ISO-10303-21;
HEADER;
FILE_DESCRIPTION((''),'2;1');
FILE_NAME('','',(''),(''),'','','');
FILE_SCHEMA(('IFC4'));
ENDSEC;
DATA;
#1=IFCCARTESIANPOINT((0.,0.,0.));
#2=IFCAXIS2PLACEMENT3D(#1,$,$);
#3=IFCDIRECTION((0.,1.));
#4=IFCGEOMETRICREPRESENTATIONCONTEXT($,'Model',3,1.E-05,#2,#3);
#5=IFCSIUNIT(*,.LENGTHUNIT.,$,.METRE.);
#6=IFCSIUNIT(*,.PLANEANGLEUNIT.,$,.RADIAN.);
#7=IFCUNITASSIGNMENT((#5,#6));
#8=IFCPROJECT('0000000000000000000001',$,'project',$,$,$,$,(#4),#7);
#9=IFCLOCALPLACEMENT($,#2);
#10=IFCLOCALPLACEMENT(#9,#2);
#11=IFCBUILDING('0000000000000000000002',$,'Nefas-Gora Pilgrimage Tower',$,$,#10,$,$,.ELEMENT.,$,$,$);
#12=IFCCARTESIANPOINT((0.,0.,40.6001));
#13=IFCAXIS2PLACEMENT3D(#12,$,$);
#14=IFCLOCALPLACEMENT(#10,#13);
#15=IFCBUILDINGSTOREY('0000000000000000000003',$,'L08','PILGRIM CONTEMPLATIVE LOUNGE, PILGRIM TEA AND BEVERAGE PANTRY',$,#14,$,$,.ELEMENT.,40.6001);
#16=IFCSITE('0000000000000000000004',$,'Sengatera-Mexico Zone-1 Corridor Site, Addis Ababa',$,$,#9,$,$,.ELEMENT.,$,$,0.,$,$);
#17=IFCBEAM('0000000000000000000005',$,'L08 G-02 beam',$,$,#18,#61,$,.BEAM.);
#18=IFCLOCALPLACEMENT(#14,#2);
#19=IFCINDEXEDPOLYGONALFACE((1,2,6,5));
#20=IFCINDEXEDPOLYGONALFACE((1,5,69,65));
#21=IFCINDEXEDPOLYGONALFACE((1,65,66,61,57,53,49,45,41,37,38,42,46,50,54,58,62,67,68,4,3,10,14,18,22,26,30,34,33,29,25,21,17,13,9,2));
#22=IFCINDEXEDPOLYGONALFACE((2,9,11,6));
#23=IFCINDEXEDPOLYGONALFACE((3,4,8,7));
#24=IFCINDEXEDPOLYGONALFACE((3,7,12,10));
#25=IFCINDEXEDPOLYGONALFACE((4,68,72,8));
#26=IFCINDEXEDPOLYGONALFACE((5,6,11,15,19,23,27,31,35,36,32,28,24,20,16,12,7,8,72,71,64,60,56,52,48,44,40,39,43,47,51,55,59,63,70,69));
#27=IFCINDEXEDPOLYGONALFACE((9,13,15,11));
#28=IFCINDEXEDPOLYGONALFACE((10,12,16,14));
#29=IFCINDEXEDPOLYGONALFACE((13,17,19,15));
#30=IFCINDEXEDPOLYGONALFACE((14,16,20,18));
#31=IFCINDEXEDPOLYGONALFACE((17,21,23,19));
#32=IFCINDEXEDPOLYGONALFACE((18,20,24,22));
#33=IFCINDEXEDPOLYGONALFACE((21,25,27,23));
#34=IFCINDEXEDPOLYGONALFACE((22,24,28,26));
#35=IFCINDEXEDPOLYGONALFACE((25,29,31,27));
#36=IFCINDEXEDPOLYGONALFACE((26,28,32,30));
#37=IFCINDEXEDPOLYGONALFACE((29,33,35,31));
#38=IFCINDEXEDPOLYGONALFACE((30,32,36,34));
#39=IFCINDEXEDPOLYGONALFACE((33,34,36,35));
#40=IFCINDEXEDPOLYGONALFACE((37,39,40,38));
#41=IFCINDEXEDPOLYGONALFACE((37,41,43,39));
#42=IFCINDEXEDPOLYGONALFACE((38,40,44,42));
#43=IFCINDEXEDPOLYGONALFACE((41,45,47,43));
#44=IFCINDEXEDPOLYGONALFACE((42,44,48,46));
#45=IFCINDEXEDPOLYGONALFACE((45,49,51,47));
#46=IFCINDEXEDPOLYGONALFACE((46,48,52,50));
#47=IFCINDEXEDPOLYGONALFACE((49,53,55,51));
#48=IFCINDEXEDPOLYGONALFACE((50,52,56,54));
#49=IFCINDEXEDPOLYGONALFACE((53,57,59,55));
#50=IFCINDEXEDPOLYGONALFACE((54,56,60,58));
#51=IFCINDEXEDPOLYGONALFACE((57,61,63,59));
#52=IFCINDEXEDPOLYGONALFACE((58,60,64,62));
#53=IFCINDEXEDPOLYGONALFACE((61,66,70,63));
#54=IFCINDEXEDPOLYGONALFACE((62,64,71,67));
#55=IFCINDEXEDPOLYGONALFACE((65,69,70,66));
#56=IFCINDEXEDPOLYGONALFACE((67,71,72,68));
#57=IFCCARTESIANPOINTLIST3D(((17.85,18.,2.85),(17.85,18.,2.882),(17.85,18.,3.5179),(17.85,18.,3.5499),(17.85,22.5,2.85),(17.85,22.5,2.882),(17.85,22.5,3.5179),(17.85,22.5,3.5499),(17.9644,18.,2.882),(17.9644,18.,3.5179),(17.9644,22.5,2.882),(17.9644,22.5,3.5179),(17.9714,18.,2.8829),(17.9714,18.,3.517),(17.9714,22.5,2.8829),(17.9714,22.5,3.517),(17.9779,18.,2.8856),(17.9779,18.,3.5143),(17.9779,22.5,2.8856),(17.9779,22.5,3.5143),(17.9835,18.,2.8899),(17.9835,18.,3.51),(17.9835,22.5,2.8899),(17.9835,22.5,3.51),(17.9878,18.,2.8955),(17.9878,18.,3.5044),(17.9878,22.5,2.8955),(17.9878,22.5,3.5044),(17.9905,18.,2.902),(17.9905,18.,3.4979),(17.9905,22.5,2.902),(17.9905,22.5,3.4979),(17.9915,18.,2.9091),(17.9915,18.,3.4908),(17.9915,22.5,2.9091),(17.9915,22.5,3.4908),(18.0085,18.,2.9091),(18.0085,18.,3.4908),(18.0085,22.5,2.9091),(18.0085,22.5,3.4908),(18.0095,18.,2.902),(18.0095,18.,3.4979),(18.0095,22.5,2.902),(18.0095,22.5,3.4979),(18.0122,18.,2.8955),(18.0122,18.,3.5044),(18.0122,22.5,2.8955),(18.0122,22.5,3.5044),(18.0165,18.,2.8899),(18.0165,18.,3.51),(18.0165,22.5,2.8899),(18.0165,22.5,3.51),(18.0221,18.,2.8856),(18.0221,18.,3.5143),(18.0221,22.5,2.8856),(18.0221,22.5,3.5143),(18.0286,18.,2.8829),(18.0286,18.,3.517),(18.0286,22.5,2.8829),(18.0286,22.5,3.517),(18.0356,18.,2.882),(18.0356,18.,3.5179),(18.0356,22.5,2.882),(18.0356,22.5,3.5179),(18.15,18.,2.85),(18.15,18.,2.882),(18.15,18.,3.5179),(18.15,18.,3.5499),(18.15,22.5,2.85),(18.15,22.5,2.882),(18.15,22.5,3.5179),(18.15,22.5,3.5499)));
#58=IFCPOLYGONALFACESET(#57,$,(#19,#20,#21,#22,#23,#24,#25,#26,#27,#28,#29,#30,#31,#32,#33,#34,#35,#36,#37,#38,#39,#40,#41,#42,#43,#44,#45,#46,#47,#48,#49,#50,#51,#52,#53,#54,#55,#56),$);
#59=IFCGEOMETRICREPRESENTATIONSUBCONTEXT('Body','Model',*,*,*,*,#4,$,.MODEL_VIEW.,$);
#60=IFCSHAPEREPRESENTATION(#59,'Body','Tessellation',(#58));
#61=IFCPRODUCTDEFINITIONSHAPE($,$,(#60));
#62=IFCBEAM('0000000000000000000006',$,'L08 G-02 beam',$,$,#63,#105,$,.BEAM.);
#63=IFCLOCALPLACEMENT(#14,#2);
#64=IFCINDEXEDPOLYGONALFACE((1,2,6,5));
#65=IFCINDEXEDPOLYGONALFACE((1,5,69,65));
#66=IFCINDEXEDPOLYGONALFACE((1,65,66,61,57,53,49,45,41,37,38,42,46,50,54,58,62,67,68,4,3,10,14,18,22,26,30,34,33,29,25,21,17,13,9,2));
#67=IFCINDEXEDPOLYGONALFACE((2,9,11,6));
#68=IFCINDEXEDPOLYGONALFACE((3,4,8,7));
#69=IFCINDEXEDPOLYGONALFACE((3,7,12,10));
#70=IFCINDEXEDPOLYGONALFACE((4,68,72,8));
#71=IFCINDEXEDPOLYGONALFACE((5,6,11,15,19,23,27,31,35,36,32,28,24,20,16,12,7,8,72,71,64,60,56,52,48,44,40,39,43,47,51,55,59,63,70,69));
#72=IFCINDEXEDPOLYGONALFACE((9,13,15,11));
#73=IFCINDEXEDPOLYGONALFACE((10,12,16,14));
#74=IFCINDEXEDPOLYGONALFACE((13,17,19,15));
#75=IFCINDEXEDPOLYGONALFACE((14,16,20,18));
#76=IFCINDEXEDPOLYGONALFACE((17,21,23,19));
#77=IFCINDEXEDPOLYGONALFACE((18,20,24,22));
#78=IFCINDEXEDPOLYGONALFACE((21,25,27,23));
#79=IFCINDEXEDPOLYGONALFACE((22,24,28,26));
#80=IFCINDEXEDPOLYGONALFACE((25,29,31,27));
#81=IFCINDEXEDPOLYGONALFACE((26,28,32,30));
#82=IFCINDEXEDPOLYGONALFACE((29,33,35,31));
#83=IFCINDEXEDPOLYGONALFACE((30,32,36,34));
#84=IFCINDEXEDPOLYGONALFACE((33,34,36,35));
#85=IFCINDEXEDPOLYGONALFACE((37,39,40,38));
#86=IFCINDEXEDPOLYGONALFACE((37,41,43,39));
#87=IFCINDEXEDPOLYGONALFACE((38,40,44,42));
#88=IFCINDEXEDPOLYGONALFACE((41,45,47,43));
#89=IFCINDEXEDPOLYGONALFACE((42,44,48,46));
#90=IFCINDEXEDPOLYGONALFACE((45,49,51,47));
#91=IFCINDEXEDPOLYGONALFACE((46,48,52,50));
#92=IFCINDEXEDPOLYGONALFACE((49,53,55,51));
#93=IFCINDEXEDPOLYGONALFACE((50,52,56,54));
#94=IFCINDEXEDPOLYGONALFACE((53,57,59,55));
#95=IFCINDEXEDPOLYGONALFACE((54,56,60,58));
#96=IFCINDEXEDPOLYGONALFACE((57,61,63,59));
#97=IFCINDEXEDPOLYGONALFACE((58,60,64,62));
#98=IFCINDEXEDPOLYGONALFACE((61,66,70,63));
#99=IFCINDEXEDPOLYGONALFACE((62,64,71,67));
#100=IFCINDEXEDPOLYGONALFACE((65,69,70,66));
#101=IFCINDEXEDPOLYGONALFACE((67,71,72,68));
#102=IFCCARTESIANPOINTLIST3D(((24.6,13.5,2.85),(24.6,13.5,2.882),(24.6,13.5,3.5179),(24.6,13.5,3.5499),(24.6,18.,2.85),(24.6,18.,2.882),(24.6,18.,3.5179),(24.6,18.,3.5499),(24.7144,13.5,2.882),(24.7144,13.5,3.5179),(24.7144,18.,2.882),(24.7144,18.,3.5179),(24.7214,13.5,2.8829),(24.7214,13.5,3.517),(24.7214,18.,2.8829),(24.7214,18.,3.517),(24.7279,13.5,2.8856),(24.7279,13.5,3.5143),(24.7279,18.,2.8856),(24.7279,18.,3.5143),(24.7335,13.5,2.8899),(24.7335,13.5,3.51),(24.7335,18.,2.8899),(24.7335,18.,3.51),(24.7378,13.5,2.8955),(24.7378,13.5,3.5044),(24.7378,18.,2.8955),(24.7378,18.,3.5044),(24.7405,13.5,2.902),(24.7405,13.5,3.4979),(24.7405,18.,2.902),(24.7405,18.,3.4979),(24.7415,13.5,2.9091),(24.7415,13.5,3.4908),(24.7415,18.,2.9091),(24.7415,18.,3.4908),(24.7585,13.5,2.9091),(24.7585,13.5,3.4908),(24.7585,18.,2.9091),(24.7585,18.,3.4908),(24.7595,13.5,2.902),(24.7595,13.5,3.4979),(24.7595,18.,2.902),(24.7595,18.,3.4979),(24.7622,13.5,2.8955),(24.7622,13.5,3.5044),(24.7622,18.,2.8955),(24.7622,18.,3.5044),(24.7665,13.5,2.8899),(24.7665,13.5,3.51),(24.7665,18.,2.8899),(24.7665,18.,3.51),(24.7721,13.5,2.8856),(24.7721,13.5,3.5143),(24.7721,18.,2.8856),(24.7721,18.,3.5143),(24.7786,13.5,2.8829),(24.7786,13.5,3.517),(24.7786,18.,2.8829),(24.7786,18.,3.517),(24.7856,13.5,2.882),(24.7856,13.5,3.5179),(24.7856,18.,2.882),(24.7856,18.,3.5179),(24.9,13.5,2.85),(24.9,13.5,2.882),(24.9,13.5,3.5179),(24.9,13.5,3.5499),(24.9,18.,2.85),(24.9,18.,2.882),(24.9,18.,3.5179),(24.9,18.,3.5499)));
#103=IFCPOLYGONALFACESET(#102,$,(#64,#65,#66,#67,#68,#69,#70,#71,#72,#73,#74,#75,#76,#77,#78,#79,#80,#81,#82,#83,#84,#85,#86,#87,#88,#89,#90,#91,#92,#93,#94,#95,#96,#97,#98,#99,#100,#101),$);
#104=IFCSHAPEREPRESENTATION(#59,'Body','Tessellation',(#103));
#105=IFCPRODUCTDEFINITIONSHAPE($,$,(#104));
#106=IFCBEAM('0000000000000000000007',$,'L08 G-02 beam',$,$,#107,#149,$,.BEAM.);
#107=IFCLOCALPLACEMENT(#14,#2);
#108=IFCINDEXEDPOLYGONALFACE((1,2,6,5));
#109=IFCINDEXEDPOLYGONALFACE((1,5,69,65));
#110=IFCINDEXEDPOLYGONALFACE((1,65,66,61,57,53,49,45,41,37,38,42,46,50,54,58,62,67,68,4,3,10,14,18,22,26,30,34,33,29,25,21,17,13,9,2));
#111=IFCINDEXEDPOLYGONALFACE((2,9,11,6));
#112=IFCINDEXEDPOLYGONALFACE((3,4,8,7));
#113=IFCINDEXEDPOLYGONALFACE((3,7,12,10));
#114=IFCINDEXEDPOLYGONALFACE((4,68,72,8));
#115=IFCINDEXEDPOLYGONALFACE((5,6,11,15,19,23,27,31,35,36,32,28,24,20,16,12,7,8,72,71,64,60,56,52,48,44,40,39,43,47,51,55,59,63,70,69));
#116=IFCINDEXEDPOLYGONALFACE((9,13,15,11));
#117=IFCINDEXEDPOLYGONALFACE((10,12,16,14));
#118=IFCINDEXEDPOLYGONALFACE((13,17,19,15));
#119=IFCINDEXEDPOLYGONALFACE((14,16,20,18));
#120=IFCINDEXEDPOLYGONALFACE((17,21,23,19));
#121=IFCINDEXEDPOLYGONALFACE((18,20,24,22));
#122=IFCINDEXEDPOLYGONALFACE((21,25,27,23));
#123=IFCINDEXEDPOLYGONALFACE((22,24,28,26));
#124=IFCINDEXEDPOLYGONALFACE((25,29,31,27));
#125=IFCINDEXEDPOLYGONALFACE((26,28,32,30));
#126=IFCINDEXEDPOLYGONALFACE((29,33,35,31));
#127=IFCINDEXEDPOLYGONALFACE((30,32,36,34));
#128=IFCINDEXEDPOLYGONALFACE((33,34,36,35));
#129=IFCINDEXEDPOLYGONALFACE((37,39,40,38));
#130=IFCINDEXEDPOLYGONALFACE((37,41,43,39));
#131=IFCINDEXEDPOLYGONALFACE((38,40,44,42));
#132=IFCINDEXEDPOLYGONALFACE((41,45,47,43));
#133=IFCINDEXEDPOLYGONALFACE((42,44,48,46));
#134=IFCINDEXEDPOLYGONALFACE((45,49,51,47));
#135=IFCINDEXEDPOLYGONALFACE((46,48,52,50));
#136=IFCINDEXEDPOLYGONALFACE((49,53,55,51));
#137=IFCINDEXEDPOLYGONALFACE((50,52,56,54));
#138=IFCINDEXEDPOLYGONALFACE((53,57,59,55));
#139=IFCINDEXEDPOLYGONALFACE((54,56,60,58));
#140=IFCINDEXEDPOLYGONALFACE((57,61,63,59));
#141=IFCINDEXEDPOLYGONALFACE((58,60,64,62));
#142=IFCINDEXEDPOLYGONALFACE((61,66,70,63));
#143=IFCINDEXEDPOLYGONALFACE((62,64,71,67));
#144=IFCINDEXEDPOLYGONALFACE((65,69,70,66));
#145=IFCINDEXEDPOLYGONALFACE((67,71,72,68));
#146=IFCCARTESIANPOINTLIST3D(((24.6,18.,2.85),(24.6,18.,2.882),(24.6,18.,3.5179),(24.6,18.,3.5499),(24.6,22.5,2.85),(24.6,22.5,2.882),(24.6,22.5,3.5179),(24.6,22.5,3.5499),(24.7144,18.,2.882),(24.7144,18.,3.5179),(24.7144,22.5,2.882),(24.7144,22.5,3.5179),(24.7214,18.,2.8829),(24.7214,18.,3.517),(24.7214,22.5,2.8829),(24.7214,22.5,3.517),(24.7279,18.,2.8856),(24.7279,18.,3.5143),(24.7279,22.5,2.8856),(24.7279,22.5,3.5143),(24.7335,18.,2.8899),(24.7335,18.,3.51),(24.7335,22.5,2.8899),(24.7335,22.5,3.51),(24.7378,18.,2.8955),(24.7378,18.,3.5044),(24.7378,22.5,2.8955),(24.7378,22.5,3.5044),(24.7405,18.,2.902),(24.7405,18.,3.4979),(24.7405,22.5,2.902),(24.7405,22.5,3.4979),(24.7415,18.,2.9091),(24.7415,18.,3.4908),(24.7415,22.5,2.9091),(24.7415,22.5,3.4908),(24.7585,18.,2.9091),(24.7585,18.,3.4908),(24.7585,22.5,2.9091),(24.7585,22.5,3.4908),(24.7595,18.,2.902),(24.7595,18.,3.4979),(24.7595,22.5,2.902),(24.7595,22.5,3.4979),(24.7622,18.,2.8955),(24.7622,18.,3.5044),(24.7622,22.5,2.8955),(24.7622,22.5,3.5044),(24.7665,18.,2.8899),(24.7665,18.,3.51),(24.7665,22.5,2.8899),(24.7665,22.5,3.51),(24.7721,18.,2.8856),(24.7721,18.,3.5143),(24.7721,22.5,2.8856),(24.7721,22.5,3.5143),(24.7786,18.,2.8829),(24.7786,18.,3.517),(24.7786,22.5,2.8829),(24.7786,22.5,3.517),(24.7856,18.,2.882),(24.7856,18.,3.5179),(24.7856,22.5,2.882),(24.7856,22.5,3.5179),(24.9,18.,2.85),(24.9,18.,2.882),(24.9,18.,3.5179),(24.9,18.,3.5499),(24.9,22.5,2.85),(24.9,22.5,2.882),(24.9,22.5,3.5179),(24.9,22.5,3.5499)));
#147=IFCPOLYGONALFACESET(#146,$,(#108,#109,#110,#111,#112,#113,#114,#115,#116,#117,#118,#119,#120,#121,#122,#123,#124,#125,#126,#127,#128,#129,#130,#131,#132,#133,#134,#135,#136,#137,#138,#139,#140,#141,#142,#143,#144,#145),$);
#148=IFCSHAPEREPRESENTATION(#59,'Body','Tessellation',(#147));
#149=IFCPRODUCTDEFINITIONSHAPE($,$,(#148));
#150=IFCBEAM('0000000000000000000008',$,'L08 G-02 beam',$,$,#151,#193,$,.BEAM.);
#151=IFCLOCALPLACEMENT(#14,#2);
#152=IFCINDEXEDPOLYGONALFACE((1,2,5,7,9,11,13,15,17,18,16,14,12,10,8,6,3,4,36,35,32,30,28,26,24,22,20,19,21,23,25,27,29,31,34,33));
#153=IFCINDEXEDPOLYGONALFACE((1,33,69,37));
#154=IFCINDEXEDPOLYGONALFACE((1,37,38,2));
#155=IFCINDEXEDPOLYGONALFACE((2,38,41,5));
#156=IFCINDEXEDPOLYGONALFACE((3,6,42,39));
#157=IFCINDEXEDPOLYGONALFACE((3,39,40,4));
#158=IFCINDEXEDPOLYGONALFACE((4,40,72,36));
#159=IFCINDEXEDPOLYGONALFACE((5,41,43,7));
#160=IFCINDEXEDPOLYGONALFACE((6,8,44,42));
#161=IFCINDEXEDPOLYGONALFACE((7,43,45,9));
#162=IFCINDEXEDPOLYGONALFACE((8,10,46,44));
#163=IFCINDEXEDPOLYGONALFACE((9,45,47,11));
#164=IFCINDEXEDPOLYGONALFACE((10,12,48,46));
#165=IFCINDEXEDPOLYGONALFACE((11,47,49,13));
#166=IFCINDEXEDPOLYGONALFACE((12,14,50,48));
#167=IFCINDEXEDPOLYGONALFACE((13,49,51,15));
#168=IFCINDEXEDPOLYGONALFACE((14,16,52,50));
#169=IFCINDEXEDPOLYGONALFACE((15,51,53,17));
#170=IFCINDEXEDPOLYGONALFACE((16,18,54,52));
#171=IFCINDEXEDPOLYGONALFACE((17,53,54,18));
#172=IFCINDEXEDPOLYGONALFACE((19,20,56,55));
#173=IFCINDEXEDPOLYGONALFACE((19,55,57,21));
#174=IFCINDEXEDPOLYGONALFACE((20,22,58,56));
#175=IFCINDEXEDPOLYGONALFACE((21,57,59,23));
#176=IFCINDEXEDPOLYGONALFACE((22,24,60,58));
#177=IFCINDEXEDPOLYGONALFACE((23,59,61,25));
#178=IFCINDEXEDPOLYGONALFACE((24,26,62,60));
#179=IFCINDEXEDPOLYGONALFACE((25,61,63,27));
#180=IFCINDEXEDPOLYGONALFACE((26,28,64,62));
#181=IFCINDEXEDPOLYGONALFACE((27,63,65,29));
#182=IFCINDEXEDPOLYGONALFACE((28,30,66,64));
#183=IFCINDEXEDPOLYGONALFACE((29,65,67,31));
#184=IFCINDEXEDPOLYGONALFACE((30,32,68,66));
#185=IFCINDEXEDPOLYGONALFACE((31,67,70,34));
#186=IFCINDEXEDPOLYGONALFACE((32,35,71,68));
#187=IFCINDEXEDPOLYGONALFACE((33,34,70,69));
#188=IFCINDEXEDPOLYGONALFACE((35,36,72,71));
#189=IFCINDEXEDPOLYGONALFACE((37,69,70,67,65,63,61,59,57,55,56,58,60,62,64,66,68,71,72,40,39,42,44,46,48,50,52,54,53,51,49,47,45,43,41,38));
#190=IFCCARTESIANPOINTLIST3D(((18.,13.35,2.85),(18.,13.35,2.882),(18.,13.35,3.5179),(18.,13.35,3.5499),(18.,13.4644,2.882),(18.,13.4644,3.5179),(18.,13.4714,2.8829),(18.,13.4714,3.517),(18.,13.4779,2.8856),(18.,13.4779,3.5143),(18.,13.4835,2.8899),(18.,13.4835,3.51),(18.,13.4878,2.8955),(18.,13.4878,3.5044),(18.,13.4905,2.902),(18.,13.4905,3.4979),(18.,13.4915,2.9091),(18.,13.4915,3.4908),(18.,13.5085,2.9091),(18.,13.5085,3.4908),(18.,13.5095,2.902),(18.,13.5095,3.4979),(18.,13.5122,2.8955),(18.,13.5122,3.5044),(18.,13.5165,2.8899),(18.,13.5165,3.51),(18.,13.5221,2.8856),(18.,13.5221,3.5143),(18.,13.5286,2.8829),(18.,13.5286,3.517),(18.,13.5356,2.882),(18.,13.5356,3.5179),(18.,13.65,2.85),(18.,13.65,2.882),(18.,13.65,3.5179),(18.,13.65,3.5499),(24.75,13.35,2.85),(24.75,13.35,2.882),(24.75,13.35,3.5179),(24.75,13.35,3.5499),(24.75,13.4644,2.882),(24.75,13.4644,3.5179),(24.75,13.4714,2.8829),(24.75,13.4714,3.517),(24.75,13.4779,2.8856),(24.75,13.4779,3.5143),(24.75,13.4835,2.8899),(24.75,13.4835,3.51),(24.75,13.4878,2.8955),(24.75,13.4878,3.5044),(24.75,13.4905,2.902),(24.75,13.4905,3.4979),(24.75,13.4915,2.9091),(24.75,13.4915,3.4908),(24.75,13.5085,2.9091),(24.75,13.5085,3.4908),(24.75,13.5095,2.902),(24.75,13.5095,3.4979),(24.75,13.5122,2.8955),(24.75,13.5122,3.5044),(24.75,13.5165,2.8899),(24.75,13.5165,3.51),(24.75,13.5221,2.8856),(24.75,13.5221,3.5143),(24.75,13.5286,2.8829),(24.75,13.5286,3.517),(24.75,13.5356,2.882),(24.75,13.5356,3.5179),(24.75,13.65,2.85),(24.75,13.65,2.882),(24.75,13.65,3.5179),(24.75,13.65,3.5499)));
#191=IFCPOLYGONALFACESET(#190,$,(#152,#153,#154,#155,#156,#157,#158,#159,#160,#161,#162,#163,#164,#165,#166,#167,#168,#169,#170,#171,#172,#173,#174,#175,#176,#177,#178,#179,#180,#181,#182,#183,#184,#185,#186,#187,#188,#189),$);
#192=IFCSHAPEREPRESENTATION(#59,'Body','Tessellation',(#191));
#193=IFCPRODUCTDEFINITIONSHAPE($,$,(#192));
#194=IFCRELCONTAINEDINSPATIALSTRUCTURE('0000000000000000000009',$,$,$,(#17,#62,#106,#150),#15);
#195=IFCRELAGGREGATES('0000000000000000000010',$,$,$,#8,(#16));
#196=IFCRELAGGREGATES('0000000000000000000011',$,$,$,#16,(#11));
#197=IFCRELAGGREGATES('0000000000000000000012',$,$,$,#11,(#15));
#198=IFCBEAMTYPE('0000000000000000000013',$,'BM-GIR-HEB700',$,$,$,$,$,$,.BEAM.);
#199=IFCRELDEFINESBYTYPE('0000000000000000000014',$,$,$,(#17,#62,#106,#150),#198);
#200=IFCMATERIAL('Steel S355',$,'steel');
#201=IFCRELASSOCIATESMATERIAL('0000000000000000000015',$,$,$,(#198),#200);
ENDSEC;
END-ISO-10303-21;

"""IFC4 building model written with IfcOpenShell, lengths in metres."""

from ifc_helpers import new_model, si_unit, direction, frame, origin, origin_2d, place, context, subcontext, project, spatial, i_section, extrude, source, transform, mapped, material, material_profile, profile_set, type_object, element, save


model = new_model("IFC4")

# Units and contexts
model_context = context("Model", 3, precision=1e-05, world=origin(), true_north=direction((0.0, 1.0)))
body_context = subcontext(model_context, "Body", "Model", "MODEL_VIEW")
ifc_project = project(units=[si_unit("LENGTHUNIT", "METRE"), si_unit("PLANEANGLEUNIT", "RADIAN")], contexts=[model_context])

# Site, building, storey
site_placement = place(None, origin())
site = spatial("IfcSite", under=ifc_project, at=site_placement, Name="Sengatera-Mexico Zone-1 Corridor Site, Addis Ababa", CompositionType="ELEMENT", RefElevation=0.0)
building_placement = place(site_placement, origin())
building = spatial("IfcBuilding", under=site, at=building_placement, Name="Nefas-Gora Pilgrimage Tower", CompositionType="ELEMENT")
storey_placement = place(building_placement, frame((0.0, 0.0, 40.6001)))
storey = spatial("IfcBuildingStorey", under=building, at=storey_placement, Name="L08", Description="PILGRIM CONTEMPLATIVE LOUNGE, PILGRIM TEA AND BEVERAGE PANTRY", CompositionType="ELEMENT", Elevation=40.6001)

# Beams
ifc_material_1 = material(Name="Steel S355", Category="steel")
ifc_material_profile_1 = material_profile(ifc_material_1, i_section(OverallWidth=0.3, OverallDepth=0.7, WebThickness=0.0171, FlangeThickness=0.032, FilletRadius=0.0271, at=origin_2d()), Name="HEB 700")
ifc_profile_set_1 = profile_set([ifc_material_profile_1], Name="Steel S355")
beam_type_1 = type_object("IfcBeamType", Name="BM-GIR-HEB700", PredefinedType="BEAM", material=ifc_profile_set_1)
shared_shape_1 = source(origin(), body_context, "Body", "SweptSolid", [
    extrude(i_section(OverallWidth=0.3, OverallDepth=0.7, WebThickness=0.0171, FlangeThickness=0.032, FilletRadius=0.0271, at=origin_2d()), origin(), (0.0, 0.0, 1.0), 4.5),
])
for number, where, z_axis, x_axis, name in (
    (1, (18.0, 18.0, 3.2), (0.0, 1.0, 0.0), (-1.0, 0.0, 0.0), "L08 G-02 beam"),
    (2, (24.75, 13.5, 3.2), (0.0, 1.0, 0.0), (-1.0, 0.0, 0.0), "L08 G-02 beam"),
    (3, (24.75, 18.0, 3.2), (0.0, 1.0, 0.0), (-1.0, 0.0, 0.0), "L08 G-02 beam"),
):
    element("IfcBeam", number, at=place(storey_placement, frame(where, z_axis=z_axis, x_axis=x_axis)), inside=storey, type_object=beam_type_1, Name=name, PredefinedType="BEAM", context=body_context, shape_type="MappedRepresentation", body=[
        mapped(shared_shape_1, transform((0.0, 0.0, 0.0), x_axis=(1.0, 0.0, 0.0), y_axis=(0.0, 1.0, 0.0), z_axis=(0.0, 0.0, 1.0), scale=1.0)),
    ])
shared_shape_2 = source(origin(), body_context, "Body", "SweptSolid", [
    extrude(i_section(OverallWidth=0.3, OverallDepth=0.7, WebThickness=0.0171, FlangeThickness=0.032, FilletRadius=0.0271, at=origin_2d()), origin(), (0.0, 0.0, 1.0), 6.75),
])
for number, where, z_axis, x_axis, name in (
    (4, (18.0, 13.5, 3.2), (1.0, 0.0, 0.0), (0.0, 1.0, 0.0), "L08 G-02 beam"),
):
    element("IfcBeam", number, at=place(storey_placement, frame(where, z_axis=z_axis, x_axis=x_axis)), inside=storey, type_object=beam_type_1, Name=name, PredefinedType="BEAM", context=body_context, shape_type="MappedRepresentation", body=[
        mapped(shared_shape_2, transform((0.0, 0.0, 0.0), x_axis=(1.0, 0.0, 0.0), y_axis=(0.0, 1.0, 0.0), z_axis=(0.0, 0.0, 1.0), scale=1.0)),
    ])

save(model, "model.ifc")
